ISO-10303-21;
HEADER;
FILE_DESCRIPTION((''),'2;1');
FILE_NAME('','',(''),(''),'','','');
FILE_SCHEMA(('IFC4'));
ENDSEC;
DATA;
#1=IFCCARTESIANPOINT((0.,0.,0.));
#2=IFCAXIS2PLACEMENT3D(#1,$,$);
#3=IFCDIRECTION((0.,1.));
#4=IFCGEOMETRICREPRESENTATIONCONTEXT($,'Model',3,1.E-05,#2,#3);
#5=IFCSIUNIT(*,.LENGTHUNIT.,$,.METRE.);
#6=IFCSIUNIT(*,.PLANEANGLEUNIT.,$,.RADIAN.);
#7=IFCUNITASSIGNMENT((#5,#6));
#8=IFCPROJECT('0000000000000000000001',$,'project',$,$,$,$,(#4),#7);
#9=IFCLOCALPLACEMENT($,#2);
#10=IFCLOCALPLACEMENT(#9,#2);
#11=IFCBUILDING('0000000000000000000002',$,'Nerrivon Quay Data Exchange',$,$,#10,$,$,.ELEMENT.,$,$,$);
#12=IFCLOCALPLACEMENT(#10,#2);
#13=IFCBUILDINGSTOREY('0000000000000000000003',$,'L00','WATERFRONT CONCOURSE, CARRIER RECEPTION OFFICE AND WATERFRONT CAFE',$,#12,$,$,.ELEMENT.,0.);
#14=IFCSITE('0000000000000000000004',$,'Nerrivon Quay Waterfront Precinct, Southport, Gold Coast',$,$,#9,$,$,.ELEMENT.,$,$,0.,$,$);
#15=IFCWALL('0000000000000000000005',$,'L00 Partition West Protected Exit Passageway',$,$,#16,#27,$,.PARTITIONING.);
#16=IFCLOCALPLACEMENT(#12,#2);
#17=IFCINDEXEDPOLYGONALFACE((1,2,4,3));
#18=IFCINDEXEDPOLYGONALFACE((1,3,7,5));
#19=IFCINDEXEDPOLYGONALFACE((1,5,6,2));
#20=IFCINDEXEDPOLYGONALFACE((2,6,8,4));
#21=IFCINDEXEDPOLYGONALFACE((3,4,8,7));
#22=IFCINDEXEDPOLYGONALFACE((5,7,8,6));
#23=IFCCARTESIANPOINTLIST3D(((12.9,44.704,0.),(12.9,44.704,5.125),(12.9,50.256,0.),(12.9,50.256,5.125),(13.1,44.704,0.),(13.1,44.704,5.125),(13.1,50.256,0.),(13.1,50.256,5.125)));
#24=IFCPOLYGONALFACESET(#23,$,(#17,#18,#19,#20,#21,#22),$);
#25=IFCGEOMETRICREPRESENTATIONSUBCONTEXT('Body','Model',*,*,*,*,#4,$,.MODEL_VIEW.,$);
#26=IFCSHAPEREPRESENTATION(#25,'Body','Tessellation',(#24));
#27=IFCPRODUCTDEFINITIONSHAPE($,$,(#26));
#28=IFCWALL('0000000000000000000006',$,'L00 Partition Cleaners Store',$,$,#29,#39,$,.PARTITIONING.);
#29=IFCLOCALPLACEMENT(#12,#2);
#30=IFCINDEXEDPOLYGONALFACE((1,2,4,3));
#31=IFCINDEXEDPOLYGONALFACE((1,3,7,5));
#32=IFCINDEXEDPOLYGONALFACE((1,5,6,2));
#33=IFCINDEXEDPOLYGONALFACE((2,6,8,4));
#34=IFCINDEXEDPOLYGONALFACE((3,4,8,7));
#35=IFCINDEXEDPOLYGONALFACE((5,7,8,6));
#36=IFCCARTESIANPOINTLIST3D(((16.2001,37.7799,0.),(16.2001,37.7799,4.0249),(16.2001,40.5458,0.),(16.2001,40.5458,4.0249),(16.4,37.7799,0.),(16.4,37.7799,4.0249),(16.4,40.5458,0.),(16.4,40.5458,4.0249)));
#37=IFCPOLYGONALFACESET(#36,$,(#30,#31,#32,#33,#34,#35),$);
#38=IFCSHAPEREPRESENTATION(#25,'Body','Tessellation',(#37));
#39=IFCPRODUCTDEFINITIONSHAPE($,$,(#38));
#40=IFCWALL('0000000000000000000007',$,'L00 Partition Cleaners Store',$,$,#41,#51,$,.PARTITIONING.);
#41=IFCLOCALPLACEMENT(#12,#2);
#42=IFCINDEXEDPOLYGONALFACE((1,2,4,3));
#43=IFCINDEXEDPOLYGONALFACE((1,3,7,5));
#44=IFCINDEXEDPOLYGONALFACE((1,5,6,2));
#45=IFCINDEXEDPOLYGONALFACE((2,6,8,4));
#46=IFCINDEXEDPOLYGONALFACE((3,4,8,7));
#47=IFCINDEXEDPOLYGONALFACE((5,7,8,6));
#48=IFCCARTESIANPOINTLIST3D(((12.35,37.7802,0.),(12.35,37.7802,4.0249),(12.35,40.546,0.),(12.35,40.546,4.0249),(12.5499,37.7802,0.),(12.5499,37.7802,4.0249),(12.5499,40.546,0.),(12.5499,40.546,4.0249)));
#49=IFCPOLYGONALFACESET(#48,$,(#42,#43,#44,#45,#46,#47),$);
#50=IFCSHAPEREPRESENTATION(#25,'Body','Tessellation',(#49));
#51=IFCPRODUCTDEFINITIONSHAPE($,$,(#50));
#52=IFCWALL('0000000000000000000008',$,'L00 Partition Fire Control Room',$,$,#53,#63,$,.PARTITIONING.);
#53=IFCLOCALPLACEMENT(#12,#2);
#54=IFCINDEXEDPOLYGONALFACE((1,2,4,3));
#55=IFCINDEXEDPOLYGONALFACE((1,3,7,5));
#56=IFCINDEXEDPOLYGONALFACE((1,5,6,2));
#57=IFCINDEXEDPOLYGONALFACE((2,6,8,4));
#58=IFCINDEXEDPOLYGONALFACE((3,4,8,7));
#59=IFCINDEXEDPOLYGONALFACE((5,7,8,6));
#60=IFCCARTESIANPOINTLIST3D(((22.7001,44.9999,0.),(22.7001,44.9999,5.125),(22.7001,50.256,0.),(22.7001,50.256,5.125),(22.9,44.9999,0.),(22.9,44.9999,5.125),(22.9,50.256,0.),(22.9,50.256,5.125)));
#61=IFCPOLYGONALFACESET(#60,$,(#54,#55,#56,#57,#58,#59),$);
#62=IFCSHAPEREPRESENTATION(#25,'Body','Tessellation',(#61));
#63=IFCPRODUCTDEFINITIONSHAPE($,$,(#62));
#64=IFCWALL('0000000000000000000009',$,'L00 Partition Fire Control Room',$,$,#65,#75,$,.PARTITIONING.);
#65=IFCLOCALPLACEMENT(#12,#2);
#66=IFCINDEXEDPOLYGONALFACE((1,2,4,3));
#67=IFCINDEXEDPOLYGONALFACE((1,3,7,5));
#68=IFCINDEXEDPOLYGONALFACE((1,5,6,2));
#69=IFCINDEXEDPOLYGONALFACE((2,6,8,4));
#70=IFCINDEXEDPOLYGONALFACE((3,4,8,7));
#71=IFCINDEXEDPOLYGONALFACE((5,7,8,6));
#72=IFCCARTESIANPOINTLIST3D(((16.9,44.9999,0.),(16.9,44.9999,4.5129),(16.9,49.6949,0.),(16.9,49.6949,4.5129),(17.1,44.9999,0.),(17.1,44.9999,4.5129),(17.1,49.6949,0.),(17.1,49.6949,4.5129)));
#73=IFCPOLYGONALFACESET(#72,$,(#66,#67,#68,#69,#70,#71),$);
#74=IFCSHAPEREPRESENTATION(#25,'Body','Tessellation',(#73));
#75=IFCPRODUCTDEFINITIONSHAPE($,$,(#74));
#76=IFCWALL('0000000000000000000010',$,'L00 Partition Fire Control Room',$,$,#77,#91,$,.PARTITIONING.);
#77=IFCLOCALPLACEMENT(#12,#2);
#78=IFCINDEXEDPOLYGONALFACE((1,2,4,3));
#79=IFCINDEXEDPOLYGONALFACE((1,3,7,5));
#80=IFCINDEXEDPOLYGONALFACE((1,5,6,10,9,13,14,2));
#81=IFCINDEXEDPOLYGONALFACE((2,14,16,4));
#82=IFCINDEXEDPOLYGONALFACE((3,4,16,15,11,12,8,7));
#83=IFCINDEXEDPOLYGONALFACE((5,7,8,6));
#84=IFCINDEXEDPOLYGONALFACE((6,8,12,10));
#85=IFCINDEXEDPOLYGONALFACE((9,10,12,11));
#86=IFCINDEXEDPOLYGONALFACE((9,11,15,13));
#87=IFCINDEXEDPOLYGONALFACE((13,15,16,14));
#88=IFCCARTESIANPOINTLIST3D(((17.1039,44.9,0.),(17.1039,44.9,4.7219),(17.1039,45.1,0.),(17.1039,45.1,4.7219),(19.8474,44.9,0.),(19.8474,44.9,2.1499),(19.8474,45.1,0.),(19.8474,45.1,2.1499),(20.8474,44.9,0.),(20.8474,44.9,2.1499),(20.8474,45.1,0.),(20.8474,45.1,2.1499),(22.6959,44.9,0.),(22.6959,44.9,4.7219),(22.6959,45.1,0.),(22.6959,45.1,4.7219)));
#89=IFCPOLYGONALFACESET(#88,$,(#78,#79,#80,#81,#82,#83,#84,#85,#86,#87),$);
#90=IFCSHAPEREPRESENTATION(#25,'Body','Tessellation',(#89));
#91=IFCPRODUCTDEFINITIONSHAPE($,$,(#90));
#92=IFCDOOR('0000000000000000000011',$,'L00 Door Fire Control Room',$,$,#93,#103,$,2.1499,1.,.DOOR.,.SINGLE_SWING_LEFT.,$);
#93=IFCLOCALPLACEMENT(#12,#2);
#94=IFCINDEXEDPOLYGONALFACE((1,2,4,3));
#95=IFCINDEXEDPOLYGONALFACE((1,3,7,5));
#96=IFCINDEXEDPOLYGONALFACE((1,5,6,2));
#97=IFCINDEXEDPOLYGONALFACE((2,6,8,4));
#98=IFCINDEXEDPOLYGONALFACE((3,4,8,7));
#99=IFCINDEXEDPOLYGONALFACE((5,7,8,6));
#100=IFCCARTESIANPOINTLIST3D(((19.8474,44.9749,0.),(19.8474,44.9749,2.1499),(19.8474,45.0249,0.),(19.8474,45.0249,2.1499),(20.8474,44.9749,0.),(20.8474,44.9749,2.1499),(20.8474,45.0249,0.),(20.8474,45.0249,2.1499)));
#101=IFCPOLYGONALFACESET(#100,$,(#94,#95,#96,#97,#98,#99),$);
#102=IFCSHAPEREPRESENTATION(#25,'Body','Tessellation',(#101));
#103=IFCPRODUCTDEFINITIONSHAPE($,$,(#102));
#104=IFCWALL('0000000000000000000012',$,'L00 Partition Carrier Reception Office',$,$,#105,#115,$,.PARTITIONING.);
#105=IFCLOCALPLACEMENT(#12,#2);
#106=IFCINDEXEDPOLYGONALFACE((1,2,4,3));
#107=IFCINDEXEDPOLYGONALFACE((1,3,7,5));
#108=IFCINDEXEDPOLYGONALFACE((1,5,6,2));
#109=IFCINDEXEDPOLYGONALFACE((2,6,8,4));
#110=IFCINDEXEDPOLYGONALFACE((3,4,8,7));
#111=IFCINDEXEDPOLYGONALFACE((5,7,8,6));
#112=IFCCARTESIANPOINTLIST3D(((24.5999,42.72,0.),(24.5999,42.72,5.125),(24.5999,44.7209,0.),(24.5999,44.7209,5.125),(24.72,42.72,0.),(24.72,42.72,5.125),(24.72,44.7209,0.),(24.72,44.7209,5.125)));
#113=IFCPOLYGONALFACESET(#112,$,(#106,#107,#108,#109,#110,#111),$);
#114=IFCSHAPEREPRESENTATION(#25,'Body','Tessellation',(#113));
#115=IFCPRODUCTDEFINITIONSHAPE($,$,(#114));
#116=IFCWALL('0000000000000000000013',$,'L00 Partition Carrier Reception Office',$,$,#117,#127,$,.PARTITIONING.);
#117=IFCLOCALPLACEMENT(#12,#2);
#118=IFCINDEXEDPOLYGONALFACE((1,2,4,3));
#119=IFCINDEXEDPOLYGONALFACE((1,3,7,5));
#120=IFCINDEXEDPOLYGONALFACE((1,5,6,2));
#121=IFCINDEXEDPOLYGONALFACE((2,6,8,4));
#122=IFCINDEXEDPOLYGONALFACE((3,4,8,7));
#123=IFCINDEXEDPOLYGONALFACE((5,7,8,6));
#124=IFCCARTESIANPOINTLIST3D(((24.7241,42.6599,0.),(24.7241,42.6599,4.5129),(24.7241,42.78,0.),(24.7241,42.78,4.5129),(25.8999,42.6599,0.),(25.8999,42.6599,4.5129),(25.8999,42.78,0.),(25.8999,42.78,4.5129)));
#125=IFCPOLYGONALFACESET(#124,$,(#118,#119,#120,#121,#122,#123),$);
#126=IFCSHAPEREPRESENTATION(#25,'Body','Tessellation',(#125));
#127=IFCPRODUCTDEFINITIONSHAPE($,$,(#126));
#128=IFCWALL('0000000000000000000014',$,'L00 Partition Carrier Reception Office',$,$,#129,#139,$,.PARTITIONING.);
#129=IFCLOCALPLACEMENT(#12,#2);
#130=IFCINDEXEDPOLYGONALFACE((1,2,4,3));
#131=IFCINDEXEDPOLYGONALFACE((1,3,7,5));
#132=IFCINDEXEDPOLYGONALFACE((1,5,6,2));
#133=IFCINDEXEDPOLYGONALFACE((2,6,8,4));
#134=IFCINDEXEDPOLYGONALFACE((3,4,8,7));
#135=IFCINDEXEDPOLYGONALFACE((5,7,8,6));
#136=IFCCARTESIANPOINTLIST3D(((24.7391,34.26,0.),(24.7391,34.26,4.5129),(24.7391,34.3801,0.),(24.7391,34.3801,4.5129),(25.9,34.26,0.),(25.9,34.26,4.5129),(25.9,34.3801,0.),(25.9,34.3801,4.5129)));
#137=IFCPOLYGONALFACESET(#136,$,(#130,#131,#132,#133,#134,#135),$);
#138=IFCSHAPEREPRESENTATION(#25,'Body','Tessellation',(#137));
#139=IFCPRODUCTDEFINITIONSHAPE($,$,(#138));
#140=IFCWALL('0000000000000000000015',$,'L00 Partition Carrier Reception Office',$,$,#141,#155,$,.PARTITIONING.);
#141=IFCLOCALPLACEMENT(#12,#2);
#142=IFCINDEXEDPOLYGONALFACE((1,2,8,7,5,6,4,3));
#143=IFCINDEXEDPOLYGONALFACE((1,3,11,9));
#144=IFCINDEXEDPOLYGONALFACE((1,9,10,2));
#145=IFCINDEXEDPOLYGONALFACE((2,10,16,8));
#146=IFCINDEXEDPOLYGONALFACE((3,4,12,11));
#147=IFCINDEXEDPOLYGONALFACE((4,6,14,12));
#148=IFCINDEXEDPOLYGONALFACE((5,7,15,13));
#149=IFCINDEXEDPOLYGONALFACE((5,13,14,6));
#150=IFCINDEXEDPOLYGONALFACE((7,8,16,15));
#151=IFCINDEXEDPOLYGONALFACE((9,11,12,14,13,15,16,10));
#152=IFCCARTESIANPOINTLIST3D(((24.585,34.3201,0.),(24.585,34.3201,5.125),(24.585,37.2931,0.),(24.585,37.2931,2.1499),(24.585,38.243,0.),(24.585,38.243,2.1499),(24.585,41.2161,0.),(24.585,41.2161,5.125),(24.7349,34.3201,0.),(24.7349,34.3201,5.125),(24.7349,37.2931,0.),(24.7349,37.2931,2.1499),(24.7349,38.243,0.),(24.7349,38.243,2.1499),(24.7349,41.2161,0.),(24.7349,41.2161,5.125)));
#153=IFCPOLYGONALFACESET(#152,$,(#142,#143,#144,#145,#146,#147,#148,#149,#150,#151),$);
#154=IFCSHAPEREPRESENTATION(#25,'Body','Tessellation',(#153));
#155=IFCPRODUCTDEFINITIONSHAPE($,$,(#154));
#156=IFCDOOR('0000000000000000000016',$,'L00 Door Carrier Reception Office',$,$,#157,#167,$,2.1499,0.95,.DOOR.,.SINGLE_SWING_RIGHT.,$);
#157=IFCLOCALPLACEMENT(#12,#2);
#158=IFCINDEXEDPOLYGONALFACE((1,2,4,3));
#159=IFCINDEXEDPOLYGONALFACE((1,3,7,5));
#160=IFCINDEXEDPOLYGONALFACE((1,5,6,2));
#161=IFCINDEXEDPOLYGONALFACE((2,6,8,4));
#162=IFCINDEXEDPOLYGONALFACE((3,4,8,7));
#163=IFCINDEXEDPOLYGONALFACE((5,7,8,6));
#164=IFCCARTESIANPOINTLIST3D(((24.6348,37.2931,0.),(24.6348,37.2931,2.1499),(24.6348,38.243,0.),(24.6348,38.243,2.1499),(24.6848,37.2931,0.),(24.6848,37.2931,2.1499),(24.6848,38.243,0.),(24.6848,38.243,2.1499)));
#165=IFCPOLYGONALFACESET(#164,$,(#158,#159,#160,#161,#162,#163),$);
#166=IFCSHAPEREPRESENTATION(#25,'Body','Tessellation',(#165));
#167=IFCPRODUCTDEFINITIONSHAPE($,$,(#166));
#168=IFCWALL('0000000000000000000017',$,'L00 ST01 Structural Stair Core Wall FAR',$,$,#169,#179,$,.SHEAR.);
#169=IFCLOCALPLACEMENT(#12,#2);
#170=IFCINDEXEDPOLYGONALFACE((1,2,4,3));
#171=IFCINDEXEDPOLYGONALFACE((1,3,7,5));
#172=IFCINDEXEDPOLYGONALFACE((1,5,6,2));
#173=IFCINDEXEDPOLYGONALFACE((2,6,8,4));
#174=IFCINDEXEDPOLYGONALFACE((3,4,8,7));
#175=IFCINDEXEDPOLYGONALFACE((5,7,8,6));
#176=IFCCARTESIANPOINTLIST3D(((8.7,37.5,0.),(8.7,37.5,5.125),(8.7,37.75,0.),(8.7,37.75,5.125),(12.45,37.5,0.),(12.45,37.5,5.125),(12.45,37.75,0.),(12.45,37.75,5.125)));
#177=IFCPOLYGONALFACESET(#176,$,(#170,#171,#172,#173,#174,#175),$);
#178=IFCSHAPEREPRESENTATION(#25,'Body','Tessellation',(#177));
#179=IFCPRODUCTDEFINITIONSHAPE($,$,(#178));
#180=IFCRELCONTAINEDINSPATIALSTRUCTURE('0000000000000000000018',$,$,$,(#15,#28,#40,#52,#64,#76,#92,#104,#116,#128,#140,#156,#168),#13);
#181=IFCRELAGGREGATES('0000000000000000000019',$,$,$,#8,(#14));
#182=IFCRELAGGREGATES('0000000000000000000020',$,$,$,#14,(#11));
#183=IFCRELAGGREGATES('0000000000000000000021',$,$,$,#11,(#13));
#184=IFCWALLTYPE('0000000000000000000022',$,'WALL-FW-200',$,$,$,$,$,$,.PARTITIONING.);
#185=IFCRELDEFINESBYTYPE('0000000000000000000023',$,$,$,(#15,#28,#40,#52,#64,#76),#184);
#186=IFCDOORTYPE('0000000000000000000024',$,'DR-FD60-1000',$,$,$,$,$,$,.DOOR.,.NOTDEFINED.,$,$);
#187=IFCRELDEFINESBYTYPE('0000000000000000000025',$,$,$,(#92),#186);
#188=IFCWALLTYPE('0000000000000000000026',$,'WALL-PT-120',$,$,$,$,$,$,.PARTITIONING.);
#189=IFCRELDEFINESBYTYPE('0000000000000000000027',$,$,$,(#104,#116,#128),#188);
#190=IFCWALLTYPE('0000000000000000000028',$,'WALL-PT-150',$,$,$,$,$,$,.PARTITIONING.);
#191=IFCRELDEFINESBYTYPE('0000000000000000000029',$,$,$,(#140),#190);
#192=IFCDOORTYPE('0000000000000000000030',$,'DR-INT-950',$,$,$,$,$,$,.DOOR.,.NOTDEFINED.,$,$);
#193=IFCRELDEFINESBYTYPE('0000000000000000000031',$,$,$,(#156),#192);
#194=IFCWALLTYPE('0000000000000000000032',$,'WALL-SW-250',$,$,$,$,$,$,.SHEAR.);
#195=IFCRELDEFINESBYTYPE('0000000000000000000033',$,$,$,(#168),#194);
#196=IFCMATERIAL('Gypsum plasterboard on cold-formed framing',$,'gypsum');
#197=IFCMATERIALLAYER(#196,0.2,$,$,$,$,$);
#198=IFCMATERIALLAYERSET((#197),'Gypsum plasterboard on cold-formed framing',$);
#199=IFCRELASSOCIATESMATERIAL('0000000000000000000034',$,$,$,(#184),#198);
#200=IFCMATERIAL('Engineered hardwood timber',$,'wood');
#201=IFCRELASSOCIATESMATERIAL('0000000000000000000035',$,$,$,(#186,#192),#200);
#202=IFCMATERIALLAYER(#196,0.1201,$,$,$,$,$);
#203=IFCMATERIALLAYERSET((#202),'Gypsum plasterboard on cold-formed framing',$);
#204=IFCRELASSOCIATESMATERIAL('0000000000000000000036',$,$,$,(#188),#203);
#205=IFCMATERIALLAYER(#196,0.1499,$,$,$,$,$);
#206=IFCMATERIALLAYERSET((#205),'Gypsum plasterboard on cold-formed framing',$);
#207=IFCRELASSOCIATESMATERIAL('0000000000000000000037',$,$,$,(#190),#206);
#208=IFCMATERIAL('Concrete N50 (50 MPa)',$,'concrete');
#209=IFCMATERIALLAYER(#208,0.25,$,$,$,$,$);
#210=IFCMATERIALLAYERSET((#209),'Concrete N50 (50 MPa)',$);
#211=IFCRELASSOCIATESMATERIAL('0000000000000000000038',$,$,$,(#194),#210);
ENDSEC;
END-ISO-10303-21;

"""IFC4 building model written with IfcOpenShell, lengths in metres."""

from ifc_helpers import new_model, si_unit, direction, frame, frame_2d, origin, place, context, subcontext, project, spatial, rectangle, extrude, material, layer, layer_set, type_object, element, fill, save


model = new_model("IFC4")

# Units and contexts
model_context = context("Model", 3, precision=1e-05, world=origin(), true_north=direction((0.0, 1.0)))
body_context = subcontext(model_context, "Body", "Model", "MODEL_VIEW")
ifc_project = project(units=[si_unit("LENGTHUNIT", "METRE"), si_unit("PLANEANGLEUNIT", "RADIAN")], contexts=[model_context])

# Site, building, storey
site_placement = place(None, origin())
site = spatial("IfcSite", under=ifc_project, at=site_placement, Name="Nerrivon Quay Waterfront Precinct, Southport, Gold Coast", CompositionType="ELEMENT", RefElevation=0.0)
building_placement = place(site_placement, origin())
building = spatial("IfcBuilding", under=site, at=building_placement, Name="Nerrivon Quay Data Exchange", CompositionType="ELEMENT")
storey_placement = place(building_placement, origin())
storey = spatial("IfcBuildingStorey", under=building, at=storey_placement, Name="L00", Description="WATERFRONT CONCOURSE, CARRIER RECEPTION OFFICE AND WATERFRONT CAFE", CompositionType="ELEMENT", Elevation=0.0)

# Shared definitions
ifc_material_1 = material(Name="Gypsum plasterboard on cold-formed framing", Category="gypsum")
ifc_layer_1 = layer(ifc_material_1, 0.2)
ifc_layer_set_1 = layer_set([ifc_layer_1], Name="Gypsum plasterboard on cold-formed framing")
wall_type_1 = type_object("IfcWallType", Name="WALL-FW-200", PredefinedType="PARTITIONING", material=ifc_layer_set_1)

# Shared definitions
ifc_material_2 = material(Name="Engineered hardwood timber", Category="wood")
door_type_1 = type_object("IfcDoorType", Name="DR-FD60-1000", OperationType="NOTDEFINED", PredefinedType="DOOR", material=ifc_material_2)

# Walls
wall_1_placement = place(storey_placement, frame((13.0, 44.7041, 0.0), z_axis=(0.0, 0.0, 1.0), x_axis=(0.0, 1.0, 0.0)))
element("IfcWall", 1, at=wall_1_placement, inside=storey, type_object=wall_type_1, Name="L00 Partition West Protected Exit Passageway", PredefinedType="PARTITIONING", context=body_context, shape_type="SweptSolid", body=[
    extrude(rectangle(XDim=5.552, YDim=0.2, at=frame_2d((2.7759, 0.0))), origin(), (0.0, 0.0, 1.0), 5.125),
])
for number, where, z_axis, x_axis, name in (
    (2, (16.3, 37.78, 0.0), (0.0, 0.0, 1.0), (0.0, 1.0, 0.0), "L00 Partition Cleaners Store"),
    (3, (12.45, 40.5459, 0.0), (0.0, 0.0, 1.0), (0.0, -1.0, 0.0), "L00 Partition Cleaners Store"),
):
    element("IfcWall", number, at=place(storey_placement, frame(where, z_axis=z_axis, x_axis=x_axis)), inside=storey, type_object=wall_type_1, Name=name, PredefinedType="PARTITIONING", context=body_context, shape_type="SweptSolid", body=[
        extrude(rectangle(XDim=2.7659, YDim=0.2, at=frame_2d((1.3828, 0.0))), origin(), (0.0, 0.0, 1.0), 4.0249),
    ])
wall_2_placement = place(storey_placement, frame((22.8, 45.0, 0.0), z_axis=(0.0, 0.0, 1.0), x_axis=(0.0, 1.0, 0.0)))
element("IfcWall", 4, at=wall_2_placement, inside=storey, type_object=wall_type_1, Name="L00 Partition Fire Control Room", PredefinedType="PARTITIONING", context=body_context, shape_type="SweptSolid", body=[
    extrude(rectangle(XDim=5.2561, YDim=0.2, at=frame_2d((2.6279, 0.0))), origin(), (0.0, 0.0, 1.0), 5.125),
])
wall_3_placement = place(storey_placement, frame((17.0, 49.6951, 0.0), z_axis=(0.0, 0.0, 1.0), x_axis=(0.0, -1.0, 0.0)))
element("IfcWall", 5, at=wall_3_placement, inside=storey, type_object=wall_type_1, Name="L00 Partition Fire Control Room", PredefinedType="PARTITIONING", context=body_context, shape_type="SweptSolid", body=[
    extrude(rectangle(XDim=4.6951, YDim=0.2, at=frame_2d((2.3477, 0.0))), origin(), (0.0, 0.0, 1.0), 4.5129),
])

# Wall, opening, door
wall_4_placement = place(storey_placement, frame((17.104, 45.0, 0.0), z_axis=(0.0, 0.0, 1.0), x_axis=(1.0, 0.0, 0.0)))
wall_4 = element("IfcWall", 6, at=wall_4_placement, inside=storey, type_object=wall_type_1, Name="L00 Partition Fire Control Room", PredefinedType="PARTITIONING", context=body_context, shape_type="SweptSolid", body=[
    extrude(rectangle(XDim=5.592, YDim=0.2, at=frame_2d((2.7959, 0.0))), origin(), (0.0, 0.0, 1.0), 4.7219),
])
opening_1_placement = place(wall_4_placement, frame((2.7434, 0.0, 0.0)))
opening_1 = element("IfcOpeningElement", 7, at=opening_1_placement, cuts=wall_4, PredefinedType="OPENING", context=body_context, shape_type="SweptSolid", body=[
    extrude(rectangle(XDim=1.0, YDim=2.1499, at=frame_2d((0.5, 1.075))), frame((0.0, 0.1099, 0.0), z_axis=(0.0, -1.0, 0.0), x_axis=(1.0, 0.0, 0.0)), (0.0, 0.0, 1.0), 0.22),
])
door_1_placement = place(opening_1_placement, origin())
door_1 = element("IfcDoor", 8, at=door_1_placement, inside=storey, type_object=door_type_1, Name="L00 Door Fire Control Room", OperationType="SINGLE_SWING_LEFT", OverallHeight=2.1499, OverallWidth=1.0, PredefinedType="DOOR", context=body_context, shape_type="SweptSolid", body=[
    extrude(rectangle(XDim=1.0, YDim=2.1499, at=frame_2d((0.5, 1.075))), frame((0.0, 0.0249, 0.0), z_axis=(0.0, -1.0, 0.0), x_axis=(1.0, 0.0, 0.0)), (0.0, 0.0, 1.0), 0.05),
])
fill(opening_1, door_1)

# Walls
ifc_layer_2 = layer(ifc_material_1, 0.1201)
ifc_layer_set_2 = layer_set([ifc_layer_2], Name="Gypsum plasterboard on cold-formed framing")
wall_type_2 = type_object("IfcWallType", Name="WALL-PT-120", PredefinedType="PARTITIONING", material=ifc_layer_set_2)
wall_5_placement = place(storey_placement, frame((24.6599, 44.7209, 0.0), z_axis=(0.0, 0.0, 1.0), x_axis=(0.0, -1.0, 0.0)))
element("IfcWall", 9, at=wall_5_placement, inside=storey, type_object=wall_type_2, Name="L00 Partition Carrier Reception Office", PredefinedType="PARTITIONING", context=body_context, shape_type="SweptSolid", body=[
    extrude(rectangle(XDim=2.001, YDim=0.1201, at=frame_2d((1.0005, 0.0))), origin(), (0.0, 0.0, 1.0), 5.125),
])
wall_6_placement = place(storey_placement, frame((24.7241, 42.72, 0.0), z_axis=(0.0, 0.0, 1.0), x_axis=(1.0, 0.0, 0.0)))
element("IfcWall", 10, at=wall_6_placement, inside=storey, type_object=wall_type_2, Name="L00 Partition Carrier Reception Office", PredefinedType="PARTITIONING", context=body_context, shape_type="SweptSolid", body=[
    extrude(rectangle(XDim=1.1758, YDim=0.1201, at=frame_2d((0.5879, 0.0))), origin(), (0.0, 0.0, 1.0), 4.5129),
])
wall_7_placement = place(storey_placement, frame((24.739, 34.3201, 0.0), z_axis=(0.0, 0.0, 1.0), x_axis=(1.0, 0.0, 0.0)))
element("IfcWall", 11, at=wall_7_placement, inside=storey, type_object=wall_type_2, Name="L00 Partition Carrier Reception Office", PredefinedType="PARTITIONING", context=body_context, shape_type="SweptSolid", body=[
    extrude(rectangle(XDim=1.1609, YDim=0.1201, at=frame_2d((0.5806, 0.0))), origin(), (0.0, 0.0, 1.0), 4.5129),
])

# Wall, opening, door
ifc_layer_3 = layer(ifc_material_1, 0.1499)
ifc_layer_set_3 = layer_set([ifc_layer_3], Name="Gypsum plasterboard on cold-formed framing")
wall_type_3 = type_object("IfcWallType", Name="WALL-PT-150", PredefinedType="PARTITIONING", material=ifc_layer_set_3)
wall_8_placement = place(storey_placement, frame((24.6599, 41.2161, 0.0), z_axis=(0.0, 0.0, 1.0), x_axis=(0.0, -1.0, 0.0)))
wall_8 = element("IfcWall", 12, at=wall_8_placement, inside=storey, type_object=wall_type_3, Name="L00 Partition Carrier Reception Office", PredefinedType="PARTITIONING", context=body_context, shape_type="SweptSolid", body=[
    extrude(rectangle(XDim=6.896, YDim=0.1499, at=frame_2d((3.448, 0.0))), origin(), (0.0, 0.0, 1.0), 5.125),
])
opening_2_placement = place(wall_8_placement, frame((2.9729, 0.0, 0.0)))
opening_2 = element("IfcOpeningElement", 13, at=opening_2_placement, cuts=wall_8, PredefinedType="OPENING", context=body_context, shape_type="SweptSolid", body=[
    extrude(rectangle(XDim=0.95, YDim=2.1499, at=frame_2d((0.4751, 1.075))), frame((0.0, 0.085, 0.0), z_axis=(0.0, -1.0, 0.0), x_axis=(1.0, 0.0, 0.0)), (0.0, 0.0, 1.0), 0.1699),
])
door_type_2 = type_object("IfcDoorType", Name="DR-INT-950", OperationType="NOTDEFINED", PredefinedType="DOOR", material=ifc_material_2)
door_2_placement = place(opening_2_placement, origin())
door_2 = element("IfcDoor", 14, at=door_2_placement, inside=storey, type_object=door_type_2, Name="L00 Door Carrier Reception Office", OperationType="SINGLE_SWING_RIGHT", OverallHeight=2.1499, OverallWidth=0.95, PredefinedType="DOOR", context=body_context, shape_type="SweptSolid", body=[
    extrude(rectangle(XDim=0.95, YDim=2.1499, at=frame_2d((0.4751, 1.075))), frame((0.0, 0.0249, 0.0), z_axis=(0.0, -1.0, 0.0), x_axis=(1.0, 0.0, 0.0)), (0.0, 0.0, 1.0), 0.05),
])
fill(opening_2, door_2)

# Wall
ifc_material_3 = material(Name="Concrete N50 (50 MPa)", Category="concrete")
ifc_layer_4 = layer(ifc_material_3, 0.25)
ifc_layer_set_4 = layer_set([ifc_layer_4], Name="Concrete N50 (50 MPa)")
wall_type_4 = type_object("IfcWallType", Name="WALL-SW-250", PredefinedType="SHEAR", material=ifc_layer_set_4)
wall_9_placement = place(storey_placement, frame((12.45, 37.625, 0.0), z_axis=(0.0, 0.0, 1.0), x_axis=(-1.0, 0.0, 0.0)))
element("IfcWall", 15, at=wall_9_placement, inside=storey, type_object=wall_type_4, Name="L00 ST01 Structural Stair Core Wall FAR", PredefinedType="SHEAR", context=body_context, shape_type="SweptSolid", body=[
    extrude(rectangle(XDim=3.75, YDim=0.25, at=frame_2d((1.875, 0.0))), origin(), (0.0, 0.0, 1.0), 5.125),
])

save(model, "model.ifc")
